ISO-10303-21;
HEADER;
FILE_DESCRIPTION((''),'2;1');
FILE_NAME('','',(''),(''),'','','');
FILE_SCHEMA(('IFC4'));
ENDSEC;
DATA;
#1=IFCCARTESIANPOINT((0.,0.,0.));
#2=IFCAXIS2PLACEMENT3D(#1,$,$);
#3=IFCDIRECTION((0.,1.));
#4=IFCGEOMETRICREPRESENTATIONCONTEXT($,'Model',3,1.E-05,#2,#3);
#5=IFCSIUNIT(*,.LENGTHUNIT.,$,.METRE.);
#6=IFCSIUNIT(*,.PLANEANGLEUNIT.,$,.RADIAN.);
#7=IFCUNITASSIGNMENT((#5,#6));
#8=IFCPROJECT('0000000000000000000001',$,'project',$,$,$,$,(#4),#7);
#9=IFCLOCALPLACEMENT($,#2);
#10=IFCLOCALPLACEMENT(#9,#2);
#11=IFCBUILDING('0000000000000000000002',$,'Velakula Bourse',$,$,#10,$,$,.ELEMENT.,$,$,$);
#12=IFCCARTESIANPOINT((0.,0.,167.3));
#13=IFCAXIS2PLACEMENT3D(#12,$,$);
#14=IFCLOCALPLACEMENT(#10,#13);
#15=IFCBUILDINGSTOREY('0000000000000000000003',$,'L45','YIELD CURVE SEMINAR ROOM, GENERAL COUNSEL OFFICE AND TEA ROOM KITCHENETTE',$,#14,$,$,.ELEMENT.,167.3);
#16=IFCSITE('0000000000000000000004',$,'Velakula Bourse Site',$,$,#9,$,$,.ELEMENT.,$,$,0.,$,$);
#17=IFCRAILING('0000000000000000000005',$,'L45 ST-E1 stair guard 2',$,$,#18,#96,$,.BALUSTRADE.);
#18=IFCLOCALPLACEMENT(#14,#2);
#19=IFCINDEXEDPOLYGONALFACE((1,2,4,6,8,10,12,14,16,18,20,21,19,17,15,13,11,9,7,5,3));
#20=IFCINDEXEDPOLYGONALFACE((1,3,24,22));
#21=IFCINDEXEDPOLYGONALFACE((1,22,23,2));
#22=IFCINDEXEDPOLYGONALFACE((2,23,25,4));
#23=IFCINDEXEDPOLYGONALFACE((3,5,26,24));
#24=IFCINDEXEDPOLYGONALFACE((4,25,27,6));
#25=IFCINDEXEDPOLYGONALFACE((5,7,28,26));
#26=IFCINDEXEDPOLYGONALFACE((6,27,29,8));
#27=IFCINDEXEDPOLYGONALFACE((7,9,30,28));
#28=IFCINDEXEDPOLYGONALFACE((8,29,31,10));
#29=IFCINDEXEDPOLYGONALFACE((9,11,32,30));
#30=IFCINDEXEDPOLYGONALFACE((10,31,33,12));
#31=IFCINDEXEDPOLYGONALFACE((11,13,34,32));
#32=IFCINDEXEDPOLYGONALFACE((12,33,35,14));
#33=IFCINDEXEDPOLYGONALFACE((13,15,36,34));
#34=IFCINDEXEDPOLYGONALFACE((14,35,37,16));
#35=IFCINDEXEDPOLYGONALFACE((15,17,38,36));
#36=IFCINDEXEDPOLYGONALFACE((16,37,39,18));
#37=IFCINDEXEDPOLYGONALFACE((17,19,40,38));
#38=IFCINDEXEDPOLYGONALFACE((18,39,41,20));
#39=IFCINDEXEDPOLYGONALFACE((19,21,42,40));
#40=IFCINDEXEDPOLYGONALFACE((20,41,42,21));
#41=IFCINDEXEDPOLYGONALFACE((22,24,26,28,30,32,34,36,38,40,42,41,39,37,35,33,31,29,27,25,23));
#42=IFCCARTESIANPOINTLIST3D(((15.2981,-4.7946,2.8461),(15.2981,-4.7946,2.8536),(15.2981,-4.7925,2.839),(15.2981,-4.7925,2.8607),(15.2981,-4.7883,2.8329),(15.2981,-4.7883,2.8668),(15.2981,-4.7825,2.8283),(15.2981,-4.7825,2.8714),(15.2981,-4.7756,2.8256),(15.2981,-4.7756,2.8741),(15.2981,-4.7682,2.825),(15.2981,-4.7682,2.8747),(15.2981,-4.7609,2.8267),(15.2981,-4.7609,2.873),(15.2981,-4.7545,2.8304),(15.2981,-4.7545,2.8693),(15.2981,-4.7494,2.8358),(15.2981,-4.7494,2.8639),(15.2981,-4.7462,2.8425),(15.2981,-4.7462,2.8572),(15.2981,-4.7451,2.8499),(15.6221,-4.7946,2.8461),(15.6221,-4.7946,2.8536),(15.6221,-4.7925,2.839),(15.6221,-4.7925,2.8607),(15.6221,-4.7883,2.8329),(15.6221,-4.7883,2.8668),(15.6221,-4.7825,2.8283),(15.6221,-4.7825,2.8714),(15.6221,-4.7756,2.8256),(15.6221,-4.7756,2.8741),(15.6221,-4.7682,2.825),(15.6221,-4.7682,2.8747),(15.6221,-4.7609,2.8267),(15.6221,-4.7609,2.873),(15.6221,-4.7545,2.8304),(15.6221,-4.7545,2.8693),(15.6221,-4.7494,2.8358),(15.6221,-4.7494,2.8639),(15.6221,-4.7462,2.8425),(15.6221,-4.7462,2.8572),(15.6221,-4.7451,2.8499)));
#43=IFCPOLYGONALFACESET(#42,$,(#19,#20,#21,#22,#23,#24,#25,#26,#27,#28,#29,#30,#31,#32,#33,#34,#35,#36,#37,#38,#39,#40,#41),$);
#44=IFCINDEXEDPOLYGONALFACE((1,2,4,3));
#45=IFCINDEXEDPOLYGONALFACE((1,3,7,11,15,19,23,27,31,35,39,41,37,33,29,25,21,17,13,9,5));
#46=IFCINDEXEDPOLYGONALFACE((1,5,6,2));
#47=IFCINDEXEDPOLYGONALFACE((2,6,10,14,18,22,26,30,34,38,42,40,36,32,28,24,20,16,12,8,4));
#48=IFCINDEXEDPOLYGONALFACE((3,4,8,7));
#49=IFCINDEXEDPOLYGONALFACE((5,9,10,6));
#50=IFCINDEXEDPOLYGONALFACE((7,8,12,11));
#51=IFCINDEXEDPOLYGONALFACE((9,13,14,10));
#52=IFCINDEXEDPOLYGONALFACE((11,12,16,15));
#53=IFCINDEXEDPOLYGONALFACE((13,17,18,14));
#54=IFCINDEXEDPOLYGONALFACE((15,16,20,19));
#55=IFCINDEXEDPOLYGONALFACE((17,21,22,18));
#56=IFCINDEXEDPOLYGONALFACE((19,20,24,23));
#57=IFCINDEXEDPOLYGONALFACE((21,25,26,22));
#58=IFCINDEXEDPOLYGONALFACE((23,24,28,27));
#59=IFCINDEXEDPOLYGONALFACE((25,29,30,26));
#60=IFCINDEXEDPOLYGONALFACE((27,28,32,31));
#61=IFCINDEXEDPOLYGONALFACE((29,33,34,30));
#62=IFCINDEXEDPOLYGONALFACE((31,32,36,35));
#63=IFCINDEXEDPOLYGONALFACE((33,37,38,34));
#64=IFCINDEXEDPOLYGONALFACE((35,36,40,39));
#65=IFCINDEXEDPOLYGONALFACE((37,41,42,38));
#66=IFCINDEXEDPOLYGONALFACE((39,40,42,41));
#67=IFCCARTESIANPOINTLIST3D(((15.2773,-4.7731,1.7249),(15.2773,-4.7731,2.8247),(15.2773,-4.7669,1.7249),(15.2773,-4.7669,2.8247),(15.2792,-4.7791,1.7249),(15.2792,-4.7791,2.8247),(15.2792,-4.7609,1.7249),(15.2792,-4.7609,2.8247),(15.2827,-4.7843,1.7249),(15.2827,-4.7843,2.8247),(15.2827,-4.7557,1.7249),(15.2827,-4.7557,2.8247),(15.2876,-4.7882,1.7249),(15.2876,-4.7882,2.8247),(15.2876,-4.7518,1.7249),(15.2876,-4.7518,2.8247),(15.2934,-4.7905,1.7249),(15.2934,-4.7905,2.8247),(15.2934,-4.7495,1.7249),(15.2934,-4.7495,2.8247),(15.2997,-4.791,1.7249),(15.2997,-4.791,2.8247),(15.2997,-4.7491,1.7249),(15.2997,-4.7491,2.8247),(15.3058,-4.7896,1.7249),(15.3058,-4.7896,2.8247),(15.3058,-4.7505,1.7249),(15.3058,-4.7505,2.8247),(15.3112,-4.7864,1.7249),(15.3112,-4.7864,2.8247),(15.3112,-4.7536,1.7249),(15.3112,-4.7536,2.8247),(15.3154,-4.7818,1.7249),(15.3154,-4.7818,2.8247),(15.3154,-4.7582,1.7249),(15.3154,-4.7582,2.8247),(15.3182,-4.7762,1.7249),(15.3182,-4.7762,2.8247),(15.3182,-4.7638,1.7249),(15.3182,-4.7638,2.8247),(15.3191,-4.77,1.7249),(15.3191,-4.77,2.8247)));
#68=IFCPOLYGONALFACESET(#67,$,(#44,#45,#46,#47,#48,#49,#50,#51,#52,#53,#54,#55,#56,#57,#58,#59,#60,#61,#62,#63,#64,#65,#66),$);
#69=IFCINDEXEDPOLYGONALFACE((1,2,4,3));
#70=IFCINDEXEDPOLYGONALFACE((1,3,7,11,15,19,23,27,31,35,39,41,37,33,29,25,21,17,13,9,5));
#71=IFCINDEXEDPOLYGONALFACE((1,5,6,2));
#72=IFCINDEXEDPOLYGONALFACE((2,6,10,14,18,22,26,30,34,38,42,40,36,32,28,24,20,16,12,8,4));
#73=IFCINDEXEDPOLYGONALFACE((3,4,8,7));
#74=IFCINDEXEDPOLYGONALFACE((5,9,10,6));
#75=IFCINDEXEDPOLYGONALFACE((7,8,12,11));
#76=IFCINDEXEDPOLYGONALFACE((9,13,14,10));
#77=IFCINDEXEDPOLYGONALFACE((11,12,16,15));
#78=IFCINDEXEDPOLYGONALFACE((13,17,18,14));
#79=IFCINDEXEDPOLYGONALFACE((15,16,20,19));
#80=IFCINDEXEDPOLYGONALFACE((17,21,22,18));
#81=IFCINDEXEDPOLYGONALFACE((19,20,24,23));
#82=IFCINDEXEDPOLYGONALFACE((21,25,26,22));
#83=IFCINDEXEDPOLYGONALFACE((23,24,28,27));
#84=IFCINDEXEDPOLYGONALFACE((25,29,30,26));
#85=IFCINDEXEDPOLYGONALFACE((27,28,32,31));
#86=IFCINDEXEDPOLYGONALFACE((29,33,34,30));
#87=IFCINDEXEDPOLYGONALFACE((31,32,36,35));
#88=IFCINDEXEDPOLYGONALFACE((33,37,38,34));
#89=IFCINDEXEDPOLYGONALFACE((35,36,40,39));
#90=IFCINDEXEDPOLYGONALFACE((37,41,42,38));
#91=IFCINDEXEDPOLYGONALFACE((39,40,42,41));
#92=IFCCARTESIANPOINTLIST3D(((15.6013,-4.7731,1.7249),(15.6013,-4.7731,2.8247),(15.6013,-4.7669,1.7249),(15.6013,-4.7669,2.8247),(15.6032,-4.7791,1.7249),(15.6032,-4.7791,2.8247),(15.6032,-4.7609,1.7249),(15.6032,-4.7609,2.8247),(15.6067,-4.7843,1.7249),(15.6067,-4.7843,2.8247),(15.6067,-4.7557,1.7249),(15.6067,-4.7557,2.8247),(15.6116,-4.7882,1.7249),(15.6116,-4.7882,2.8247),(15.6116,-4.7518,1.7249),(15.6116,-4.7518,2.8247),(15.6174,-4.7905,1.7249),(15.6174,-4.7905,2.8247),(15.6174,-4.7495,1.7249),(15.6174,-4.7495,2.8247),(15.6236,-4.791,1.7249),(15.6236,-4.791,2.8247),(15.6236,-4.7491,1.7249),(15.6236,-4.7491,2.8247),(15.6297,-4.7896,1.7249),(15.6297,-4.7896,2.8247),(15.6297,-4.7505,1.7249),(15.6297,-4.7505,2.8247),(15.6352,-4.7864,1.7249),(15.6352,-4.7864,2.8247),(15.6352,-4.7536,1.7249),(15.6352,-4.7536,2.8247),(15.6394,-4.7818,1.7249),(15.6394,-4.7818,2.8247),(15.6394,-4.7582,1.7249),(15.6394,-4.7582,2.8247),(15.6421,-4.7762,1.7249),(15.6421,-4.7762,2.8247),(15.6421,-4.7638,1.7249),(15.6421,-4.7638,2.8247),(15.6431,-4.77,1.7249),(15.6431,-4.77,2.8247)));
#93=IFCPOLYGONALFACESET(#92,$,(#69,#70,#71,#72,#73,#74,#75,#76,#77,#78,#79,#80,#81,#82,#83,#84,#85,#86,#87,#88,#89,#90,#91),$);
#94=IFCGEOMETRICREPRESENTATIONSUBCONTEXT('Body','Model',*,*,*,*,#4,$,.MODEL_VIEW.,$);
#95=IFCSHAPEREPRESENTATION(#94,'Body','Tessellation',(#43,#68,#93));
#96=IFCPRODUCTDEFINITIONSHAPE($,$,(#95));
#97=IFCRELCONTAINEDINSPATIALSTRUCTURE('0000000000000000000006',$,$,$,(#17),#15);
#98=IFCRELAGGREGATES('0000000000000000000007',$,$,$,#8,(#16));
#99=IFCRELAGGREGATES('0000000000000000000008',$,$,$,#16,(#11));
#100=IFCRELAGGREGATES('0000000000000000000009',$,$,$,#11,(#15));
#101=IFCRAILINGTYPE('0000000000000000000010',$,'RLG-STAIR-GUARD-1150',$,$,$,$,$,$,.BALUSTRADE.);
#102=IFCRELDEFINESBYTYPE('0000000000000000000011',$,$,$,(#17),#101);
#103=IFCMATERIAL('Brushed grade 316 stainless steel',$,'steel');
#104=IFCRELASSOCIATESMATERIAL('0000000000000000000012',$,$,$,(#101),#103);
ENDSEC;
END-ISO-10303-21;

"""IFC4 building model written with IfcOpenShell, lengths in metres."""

from ifc_helpers import new_model, si_unit, direction, frame, origin, origin_2d, place, context, subcontext, project, spatial, circle, extrude, material, type_object, element, save


model = new_model("IFC4")

# Units and contexts
model_context = context("Model", 3, precision=1e-05, world=origin(), true_north=direction((0.0, 1.0)))
body_context = subcontext(model_context, "Body", "Model", "MODEL_VIEW")
ifc_project = project(units=[si_unit("LENGTHUNIT", "METRE"), si_unit("PLANEANGLEUNIT", "RADIAN")], contexts=[model_context])

# Site, building, storey
site_placement = place(None, origin())
site = spatial("IfcSite", under=ifc_project, at=site_placement, Name="Velakula Bourse Site", CompositionType="ELEMENT", RefElevation=0.0)
building_placement = place(site_placement, origin())
building = spatial("IfcBuilding", under=site, at=building_placement, Name="Velakula Bourse", CompositionType="ELEMENT")
storey_placement = place(building_placement, frame((0.0, 0.0, 167.3)))
storey = spatial("IfcBuildingStorey", under=building, at=storey_placement, Name="L45", Description="YIELD CURVE SEMINAR ROOM, GENERAL COUNSEL OFFICE AND TEA ROOM KITCHENETTE", CompositionType="ELEMENT", Elevation=167.3)

# Railing
ifc_material_1 = material(Name="Brushed grade 316 stainless steel", Category="steel")
railing_type_1 = type_object("IfcRailingType", Name="RLG-STAIR-GUARD-1150", PredefinedType="BALUSTRADE", material=ifc_material_1)
railing_1_placement = place(storey_placement, frame((15.2981, -4.77, 1.7249)))
element("IfcRailing", 1, at=railing_1_placement, inside=storey, type_object=railing_type_1, Name="L45 ST-E1 stair guard 2", PredefinedType="BALUSTRADE", context=body_context, shape_type="SweptSolid", body=[
    extrude(circle(Radius=0.0249, at=origin_2d()), frame((0.0, 0.0, 1.125), z_axis=(1.0, 0.0, 0.0), x_axis=(0.0, 1.0, 0.0)), (0.0, 0.0, 1.0), 0.324),
    extrude(circle(Radius=0.021, at=origin_2d()), origin(), (0.0, 0.0, 1.0), 1.0999),
    extrude(circle(Radius=0.021, at=origin_2d()), frame((0.324, 0.0, 0.0)), (0.0, 0.0, 1.0), 1.0999),
])

save(model, "model.ifc")
